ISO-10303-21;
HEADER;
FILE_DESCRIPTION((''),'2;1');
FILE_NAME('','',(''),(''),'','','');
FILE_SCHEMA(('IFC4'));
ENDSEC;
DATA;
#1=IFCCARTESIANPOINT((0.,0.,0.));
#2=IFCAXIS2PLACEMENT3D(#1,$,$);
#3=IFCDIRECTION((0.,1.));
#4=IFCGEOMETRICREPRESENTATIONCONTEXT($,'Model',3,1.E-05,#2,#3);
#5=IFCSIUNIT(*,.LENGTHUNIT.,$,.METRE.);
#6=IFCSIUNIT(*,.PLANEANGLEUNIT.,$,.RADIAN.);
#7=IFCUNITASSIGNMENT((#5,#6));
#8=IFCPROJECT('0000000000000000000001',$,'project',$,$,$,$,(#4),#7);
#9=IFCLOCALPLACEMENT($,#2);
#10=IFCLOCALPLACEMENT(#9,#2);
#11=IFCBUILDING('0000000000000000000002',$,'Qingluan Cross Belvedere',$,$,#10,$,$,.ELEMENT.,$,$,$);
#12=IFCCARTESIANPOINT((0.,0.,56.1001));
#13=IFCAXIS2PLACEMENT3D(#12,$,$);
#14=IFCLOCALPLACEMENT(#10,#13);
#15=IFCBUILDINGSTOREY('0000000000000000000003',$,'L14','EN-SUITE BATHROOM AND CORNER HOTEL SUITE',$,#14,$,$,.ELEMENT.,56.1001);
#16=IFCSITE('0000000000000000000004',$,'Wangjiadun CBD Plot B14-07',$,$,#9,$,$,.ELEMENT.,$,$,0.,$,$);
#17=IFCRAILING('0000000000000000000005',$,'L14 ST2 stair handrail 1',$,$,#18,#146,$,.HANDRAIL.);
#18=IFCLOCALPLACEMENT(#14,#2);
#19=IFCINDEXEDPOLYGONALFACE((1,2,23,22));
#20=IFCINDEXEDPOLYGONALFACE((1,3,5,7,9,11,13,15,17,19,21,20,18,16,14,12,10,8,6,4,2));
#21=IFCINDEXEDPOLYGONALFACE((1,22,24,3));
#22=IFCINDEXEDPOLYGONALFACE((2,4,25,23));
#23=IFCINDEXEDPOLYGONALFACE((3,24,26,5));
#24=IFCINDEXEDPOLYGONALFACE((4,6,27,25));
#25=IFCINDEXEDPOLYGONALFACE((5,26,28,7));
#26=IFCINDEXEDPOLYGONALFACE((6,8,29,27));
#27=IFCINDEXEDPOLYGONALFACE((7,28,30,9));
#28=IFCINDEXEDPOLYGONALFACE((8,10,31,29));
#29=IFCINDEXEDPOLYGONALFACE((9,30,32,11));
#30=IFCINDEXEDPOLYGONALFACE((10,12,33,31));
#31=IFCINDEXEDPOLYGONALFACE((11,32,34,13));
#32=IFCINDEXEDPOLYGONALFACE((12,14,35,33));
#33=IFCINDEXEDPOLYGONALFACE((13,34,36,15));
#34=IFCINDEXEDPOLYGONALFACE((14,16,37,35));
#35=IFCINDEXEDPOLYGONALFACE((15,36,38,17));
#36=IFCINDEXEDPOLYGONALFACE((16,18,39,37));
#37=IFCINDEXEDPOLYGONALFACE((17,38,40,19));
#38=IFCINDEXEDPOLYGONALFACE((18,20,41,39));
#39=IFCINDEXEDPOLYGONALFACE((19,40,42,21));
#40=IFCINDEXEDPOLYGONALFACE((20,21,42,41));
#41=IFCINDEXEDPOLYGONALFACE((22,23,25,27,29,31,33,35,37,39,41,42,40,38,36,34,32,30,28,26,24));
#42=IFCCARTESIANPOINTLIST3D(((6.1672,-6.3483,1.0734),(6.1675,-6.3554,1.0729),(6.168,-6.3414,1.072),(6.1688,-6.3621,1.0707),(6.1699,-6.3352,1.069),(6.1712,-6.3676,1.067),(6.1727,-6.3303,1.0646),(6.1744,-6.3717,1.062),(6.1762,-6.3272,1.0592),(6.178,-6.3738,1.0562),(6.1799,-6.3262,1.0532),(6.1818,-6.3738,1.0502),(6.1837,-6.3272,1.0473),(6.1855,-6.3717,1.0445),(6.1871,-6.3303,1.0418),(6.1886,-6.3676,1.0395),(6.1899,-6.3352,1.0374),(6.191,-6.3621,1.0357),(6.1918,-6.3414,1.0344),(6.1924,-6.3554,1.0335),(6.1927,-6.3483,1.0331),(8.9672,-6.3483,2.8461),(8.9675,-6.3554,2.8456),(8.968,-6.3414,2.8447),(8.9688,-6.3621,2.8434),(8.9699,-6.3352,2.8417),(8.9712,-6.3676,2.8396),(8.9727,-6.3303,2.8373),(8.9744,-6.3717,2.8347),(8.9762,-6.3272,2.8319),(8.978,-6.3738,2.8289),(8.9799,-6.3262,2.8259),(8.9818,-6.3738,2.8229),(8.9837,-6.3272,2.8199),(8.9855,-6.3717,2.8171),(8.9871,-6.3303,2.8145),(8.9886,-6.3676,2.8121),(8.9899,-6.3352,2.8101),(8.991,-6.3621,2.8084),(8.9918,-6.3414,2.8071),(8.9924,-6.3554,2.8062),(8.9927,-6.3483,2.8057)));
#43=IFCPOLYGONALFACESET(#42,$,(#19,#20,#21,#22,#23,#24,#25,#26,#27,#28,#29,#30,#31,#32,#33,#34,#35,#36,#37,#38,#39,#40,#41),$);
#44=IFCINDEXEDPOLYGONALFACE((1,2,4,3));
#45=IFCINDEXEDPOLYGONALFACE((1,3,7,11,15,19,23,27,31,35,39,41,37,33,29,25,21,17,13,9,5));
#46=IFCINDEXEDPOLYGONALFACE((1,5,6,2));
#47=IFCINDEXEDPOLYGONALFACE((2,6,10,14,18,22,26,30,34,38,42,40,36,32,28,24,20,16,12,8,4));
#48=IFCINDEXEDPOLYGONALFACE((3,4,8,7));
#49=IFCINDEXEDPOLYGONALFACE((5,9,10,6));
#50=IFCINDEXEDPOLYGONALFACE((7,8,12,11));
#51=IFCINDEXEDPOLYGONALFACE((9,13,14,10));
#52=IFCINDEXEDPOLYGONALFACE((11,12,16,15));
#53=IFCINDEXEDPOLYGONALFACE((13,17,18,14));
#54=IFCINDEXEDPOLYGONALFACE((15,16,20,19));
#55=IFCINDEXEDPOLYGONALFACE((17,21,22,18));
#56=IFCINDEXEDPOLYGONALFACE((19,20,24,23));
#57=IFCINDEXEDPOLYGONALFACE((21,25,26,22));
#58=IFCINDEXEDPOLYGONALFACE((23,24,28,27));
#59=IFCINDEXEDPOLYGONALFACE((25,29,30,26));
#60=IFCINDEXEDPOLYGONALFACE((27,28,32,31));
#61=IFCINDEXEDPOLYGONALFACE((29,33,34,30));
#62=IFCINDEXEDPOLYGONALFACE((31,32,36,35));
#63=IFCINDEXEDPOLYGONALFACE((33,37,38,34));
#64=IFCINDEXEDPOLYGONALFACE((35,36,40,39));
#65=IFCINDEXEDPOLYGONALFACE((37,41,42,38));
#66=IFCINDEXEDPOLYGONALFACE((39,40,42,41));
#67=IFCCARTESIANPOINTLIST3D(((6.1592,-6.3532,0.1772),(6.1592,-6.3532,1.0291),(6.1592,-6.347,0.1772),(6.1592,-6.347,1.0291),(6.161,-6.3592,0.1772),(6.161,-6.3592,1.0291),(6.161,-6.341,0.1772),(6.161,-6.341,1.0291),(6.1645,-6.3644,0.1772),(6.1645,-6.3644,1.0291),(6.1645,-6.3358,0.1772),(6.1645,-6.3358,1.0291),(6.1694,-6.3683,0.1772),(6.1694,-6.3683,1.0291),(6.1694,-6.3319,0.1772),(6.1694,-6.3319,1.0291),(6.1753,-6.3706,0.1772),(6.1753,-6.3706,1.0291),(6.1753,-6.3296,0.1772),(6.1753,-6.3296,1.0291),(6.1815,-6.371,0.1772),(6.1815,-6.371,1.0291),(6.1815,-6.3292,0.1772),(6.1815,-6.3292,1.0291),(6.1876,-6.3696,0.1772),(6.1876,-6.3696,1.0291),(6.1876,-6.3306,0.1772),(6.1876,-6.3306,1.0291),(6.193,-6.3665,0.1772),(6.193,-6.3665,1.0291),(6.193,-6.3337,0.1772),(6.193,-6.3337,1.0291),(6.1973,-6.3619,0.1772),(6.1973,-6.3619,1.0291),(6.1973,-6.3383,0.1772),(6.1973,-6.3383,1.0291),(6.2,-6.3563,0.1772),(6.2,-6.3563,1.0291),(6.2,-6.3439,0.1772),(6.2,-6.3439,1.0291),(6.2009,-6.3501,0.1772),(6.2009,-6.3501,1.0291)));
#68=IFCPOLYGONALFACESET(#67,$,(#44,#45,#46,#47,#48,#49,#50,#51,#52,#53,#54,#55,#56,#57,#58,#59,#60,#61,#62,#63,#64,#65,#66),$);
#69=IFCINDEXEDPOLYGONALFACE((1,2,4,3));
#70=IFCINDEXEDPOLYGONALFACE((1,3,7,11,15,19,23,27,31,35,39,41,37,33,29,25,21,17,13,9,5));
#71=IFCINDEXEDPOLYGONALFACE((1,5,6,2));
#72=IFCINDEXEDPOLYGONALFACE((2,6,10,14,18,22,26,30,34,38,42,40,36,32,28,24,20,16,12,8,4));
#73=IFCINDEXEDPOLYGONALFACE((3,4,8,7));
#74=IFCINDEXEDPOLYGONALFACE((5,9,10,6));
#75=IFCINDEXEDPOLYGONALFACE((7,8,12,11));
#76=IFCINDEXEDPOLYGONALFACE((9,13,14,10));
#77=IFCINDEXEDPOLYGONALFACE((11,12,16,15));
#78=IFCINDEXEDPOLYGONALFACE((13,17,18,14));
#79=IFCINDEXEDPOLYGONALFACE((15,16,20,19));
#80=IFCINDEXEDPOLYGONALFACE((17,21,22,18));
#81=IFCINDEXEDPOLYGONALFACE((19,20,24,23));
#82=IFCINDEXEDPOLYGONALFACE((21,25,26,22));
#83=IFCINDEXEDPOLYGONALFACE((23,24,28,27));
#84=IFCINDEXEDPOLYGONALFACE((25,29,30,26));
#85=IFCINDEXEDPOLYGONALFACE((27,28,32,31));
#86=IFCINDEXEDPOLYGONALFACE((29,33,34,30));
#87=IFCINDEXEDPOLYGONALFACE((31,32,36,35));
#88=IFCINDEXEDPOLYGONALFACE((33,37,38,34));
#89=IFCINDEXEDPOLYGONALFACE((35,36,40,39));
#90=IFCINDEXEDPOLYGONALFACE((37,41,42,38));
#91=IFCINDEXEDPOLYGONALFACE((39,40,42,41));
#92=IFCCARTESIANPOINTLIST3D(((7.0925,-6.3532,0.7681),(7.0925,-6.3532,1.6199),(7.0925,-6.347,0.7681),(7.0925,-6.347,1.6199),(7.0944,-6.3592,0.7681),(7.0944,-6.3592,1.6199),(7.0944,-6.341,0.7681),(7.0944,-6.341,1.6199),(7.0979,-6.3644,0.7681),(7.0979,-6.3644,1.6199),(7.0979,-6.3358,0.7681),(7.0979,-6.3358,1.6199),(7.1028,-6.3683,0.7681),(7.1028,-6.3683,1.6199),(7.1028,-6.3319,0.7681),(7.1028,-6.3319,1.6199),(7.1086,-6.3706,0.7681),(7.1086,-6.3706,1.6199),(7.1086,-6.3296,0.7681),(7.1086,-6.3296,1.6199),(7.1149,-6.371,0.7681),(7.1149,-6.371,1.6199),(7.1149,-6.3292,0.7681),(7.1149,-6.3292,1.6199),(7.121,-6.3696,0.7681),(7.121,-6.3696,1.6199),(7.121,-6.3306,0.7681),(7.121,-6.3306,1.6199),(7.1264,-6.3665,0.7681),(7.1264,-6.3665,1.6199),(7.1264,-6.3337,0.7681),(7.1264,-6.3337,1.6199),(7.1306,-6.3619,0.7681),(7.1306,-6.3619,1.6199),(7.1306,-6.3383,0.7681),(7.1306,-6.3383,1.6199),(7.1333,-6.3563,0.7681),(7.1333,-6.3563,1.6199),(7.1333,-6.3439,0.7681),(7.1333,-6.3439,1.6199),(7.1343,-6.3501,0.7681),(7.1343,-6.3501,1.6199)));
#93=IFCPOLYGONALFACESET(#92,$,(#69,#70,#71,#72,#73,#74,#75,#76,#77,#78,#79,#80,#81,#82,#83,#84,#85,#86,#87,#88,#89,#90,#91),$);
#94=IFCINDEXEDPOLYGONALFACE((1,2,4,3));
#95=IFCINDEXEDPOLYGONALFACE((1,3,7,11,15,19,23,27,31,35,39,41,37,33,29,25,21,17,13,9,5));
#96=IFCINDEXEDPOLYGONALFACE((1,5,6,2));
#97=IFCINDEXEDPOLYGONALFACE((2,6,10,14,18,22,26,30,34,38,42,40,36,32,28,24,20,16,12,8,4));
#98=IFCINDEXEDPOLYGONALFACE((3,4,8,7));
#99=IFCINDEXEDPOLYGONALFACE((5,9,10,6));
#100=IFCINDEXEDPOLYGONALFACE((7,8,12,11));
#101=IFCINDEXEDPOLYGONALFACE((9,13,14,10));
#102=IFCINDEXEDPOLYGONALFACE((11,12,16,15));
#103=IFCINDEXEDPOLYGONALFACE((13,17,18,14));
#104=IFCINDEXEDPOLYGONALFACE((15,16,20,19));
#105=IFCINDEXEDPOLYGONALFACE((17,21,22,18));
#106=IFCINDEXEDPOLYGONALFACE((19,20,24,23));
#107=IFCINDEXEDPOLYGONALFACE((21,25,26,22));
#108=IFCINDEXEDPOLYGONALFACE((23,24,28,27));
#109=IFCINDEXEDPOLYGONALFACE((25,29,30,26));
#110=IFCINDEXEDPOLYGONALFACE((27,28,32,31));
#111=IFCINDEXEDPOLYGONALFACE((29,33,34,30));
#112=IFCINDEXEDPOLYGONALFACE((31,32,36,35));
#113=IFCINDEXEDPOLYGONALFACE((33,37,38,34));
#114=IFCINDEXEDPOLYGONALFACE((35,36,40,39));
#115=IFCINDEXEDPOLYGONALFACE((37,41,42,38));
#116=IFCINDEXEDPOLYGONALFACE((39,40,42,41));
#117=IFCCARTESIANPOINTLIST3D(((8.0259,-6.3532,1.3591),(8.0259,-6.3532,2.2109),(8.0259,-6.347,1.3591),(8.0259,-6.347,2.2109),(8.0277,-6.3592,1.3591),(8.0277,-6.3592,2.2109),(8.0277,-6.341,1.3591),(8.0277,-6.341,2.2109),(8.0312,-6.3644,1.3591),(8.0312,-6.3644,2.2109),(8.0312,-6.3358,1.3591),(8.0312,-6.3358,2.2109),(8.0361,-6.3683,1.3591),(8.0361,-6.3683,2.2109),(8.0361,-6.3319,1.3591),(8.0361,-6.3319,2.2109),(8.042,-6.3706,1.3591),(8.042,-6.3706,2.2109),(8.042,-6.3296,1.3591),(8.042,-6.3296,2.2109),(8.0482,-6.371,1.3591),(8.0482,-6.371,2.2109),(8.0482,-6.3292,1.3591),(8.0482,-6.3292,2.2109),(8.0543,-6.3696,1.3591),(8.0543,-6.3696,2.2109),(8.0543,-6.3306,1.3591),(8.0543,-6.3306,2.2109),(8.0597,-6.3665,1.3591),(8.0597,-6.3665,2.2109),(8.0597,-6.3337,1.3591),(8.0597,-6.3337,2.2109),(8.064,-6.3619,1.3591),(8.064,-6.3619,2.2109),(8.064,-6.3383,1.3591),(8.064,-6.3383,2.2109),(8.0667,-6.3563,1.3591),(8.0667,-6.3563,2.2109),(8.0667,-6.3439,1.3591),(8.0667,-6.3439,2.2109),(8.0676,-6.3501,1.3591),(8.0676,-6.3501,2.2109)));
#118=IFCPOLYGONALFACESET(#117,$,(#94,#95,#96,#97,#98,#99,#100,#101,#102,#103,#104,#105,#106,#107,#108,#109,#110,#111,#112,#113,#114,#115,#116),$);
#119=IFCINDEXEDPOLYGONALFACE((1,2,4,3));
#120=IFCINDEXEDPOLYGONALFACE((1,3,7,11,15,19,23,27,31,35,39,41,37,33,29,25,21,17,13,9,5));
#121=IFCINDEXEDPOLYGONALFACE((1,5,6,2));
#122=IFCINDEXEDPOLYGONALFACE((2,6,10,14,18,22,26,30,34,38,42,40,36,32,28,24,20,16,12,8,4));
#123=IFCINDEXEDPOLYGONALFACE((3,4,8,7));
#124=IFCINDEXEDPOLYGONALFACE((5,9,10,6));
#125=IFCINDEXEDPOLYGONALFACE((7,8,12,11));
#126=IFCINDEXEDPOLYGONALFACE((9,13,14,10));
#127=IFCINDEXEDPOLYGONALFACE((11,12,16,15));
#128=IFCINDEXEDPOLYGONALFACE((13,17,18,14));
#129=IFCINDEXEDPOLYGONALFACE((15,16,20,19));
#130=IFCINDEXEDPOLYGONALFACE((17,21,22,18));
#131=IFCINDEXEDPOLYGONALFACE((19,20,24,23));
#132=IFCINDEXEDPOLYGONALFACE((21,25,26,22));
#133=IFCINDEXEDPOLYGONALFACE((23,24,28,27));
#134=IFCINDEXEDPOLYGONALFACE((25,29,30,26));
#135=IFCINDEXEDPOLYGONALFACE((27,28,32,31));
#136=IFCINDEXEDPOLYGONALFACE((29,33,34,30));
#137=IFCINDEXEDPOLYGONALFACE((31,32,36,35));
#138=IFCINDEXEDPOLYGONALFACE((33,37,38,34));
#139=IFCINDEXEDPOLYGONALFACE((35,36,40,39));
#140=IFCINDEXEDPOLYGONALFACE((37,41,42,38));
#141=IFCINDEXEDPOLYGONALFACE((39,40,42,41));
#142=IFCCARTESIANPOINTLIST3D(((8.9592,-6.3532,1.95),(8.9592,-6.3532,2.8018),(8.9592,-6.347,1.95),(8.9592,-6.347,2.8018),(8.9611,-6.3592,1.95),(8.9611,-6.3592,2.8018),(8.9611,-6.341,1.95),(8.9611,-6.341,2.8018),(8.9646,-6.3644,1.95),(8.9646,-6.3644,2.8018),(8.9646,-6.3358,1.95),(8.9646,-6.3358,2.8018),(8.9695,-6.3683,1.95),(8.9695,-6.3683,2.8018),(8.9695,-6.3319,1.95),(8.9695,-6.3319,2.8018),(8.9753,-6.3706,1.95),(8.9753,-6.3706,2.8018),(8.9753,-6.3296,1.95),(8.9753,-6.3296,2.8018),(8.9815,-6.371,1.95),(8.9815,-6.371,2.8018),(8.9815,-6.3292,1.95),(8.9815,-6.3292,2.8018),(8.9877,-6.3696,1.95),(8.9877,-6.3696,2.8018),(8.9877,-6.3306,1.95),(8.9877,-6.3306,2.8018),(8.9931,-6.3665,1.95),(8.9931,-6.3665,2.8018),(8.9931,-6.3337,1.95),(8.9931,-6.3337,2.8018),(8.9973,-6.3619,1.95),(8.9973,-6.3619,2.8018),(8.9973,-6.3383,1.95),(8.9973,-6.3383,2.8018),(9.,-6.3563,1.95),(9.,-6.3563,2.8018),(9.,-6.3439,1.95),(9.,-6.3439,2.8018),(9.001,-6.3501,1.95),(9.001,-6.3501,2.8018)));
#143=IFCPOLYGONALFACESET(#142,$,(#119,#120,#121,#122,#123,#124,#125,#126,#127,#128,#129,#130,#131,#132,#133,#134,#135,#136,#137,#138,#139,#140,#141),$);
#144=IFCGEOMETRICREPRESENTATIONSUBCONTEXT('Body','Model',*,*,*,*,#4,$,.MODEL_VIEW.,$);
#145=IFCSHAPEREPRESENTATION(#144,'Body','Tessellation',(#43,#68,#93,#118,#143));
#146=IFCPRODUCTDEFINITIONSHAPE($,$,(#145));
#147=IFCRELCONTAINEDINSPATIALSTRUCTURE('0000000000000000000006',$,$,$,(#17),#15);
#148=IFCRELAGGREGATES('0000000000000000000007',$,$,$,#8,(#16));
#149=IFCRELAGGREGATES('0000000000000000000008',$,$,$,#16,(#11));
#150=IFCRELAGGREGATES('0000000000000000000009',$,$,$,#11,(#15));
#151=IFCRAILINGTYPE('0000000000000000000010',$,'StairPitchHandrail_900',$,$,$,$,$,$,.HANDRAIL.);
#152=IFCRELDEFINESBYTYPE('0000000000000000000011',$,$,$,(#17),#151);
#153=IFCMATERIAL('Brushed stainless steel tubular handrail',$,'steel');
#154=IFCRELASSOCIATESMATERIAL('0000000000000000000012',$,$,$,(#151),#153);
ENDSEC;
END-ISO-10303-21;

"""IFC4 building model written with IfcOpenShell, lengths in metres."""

from ifc_helpers import new_model, si_unit, direction, frame, origin, origin_2d, place, context, subcontext, project, spatial, circle, extrude, material, type_object, element, save


model = new_model("IFC4")

# Units and contexts
model_context = context("Model", 3, precision=1e-05, world=origin(), true_north=direction((0.0, 1.0)))
body_context = subcontext(model_context, "Body", "Model", "MODEL_VIEW")
ifc_project = project(units=[si_unit("LENGTHUNIT", "METRE"), si_unit("PLANEANGLEUNIT", "RADIAN")], contexts=[model_context])

# Site, building, storey
site_placement = place(None, origin())
site = spatial("IfcSite", under=ifc_project, at=site_placement, Name="Wangjiadun CBD Plot B14-07", CompositionType="ELEMENT", RefElevation=0.0)
building_placement = place(site_placement, origin())
building = spatial("IfcBuilding", under=site, at=building_placement, Name="Qingluan Cross Belvedere", CompositionType="ELEMENT")
storey_placement = place(building_placement, frame((0.0, 0.0, 56.1001)))
storey = spatial("IfcBuildingStorey", under=building, at=storey_placement, Name="L14", Description="EN-SUITE BATHROOM AND CORNER HOTEL SUITE", CompositionType="ELEMENT", Elevation=56.1001)

# Railing
ifc_material_1 = material(Name="Brushed stainless steel tubular handrail", Category="steel")
railing_type_1 = type_object("IfcRailingType", Name="StairPitchHandrail_900", PredefinedType="HANDRAIL", material=ifc_material_1)
for number, where, name in (
    (1, (6.1799, -6.3501, 0.1772), "L14 ST2 stair handrail 1"),
):
    element("IfcRailing", number, at=place(storey_placement, frame(where)), inside=storey, type_object=railing_type_1, Name=name, PredefinedType="HANDRAIL", context=body_context, shape_type="SweptSolid", body=[
        extrude(circle(Radius=0.0239, at=origin_2d()), frame((0.0, 0.0, 0.876), z_axis=(0.844909, 0.0, 0.53491), x_axis=(0.0, 1.0, 0.0)), (0.0, 0.0, 1.0), 3.314),
        extrude(circle(Radius=0.021, at=origin_2d()), origin(), (0.0, 0.0, 1.0), 0.8518),
        extrude(circle(Radius=0.021, at=origin_2d()), frame((0.9333, 0.0, 0.5908)), (0.0, 0.0, 1.0), 0.8518),
        extrude(circle(Radius=0.021, at=origin_2d()), frame((1.8667, 0.0, 1.1819)), (0.0, 0.0, 1.0), 0.8518),
        extrude(circle(Radius=0.021, at=origin_2d()), frame((2.8, 0.0, 1.7727)), (0.0, 0.0, 1.0), 0.8518),
    ])

save(model, "model.ifc")
